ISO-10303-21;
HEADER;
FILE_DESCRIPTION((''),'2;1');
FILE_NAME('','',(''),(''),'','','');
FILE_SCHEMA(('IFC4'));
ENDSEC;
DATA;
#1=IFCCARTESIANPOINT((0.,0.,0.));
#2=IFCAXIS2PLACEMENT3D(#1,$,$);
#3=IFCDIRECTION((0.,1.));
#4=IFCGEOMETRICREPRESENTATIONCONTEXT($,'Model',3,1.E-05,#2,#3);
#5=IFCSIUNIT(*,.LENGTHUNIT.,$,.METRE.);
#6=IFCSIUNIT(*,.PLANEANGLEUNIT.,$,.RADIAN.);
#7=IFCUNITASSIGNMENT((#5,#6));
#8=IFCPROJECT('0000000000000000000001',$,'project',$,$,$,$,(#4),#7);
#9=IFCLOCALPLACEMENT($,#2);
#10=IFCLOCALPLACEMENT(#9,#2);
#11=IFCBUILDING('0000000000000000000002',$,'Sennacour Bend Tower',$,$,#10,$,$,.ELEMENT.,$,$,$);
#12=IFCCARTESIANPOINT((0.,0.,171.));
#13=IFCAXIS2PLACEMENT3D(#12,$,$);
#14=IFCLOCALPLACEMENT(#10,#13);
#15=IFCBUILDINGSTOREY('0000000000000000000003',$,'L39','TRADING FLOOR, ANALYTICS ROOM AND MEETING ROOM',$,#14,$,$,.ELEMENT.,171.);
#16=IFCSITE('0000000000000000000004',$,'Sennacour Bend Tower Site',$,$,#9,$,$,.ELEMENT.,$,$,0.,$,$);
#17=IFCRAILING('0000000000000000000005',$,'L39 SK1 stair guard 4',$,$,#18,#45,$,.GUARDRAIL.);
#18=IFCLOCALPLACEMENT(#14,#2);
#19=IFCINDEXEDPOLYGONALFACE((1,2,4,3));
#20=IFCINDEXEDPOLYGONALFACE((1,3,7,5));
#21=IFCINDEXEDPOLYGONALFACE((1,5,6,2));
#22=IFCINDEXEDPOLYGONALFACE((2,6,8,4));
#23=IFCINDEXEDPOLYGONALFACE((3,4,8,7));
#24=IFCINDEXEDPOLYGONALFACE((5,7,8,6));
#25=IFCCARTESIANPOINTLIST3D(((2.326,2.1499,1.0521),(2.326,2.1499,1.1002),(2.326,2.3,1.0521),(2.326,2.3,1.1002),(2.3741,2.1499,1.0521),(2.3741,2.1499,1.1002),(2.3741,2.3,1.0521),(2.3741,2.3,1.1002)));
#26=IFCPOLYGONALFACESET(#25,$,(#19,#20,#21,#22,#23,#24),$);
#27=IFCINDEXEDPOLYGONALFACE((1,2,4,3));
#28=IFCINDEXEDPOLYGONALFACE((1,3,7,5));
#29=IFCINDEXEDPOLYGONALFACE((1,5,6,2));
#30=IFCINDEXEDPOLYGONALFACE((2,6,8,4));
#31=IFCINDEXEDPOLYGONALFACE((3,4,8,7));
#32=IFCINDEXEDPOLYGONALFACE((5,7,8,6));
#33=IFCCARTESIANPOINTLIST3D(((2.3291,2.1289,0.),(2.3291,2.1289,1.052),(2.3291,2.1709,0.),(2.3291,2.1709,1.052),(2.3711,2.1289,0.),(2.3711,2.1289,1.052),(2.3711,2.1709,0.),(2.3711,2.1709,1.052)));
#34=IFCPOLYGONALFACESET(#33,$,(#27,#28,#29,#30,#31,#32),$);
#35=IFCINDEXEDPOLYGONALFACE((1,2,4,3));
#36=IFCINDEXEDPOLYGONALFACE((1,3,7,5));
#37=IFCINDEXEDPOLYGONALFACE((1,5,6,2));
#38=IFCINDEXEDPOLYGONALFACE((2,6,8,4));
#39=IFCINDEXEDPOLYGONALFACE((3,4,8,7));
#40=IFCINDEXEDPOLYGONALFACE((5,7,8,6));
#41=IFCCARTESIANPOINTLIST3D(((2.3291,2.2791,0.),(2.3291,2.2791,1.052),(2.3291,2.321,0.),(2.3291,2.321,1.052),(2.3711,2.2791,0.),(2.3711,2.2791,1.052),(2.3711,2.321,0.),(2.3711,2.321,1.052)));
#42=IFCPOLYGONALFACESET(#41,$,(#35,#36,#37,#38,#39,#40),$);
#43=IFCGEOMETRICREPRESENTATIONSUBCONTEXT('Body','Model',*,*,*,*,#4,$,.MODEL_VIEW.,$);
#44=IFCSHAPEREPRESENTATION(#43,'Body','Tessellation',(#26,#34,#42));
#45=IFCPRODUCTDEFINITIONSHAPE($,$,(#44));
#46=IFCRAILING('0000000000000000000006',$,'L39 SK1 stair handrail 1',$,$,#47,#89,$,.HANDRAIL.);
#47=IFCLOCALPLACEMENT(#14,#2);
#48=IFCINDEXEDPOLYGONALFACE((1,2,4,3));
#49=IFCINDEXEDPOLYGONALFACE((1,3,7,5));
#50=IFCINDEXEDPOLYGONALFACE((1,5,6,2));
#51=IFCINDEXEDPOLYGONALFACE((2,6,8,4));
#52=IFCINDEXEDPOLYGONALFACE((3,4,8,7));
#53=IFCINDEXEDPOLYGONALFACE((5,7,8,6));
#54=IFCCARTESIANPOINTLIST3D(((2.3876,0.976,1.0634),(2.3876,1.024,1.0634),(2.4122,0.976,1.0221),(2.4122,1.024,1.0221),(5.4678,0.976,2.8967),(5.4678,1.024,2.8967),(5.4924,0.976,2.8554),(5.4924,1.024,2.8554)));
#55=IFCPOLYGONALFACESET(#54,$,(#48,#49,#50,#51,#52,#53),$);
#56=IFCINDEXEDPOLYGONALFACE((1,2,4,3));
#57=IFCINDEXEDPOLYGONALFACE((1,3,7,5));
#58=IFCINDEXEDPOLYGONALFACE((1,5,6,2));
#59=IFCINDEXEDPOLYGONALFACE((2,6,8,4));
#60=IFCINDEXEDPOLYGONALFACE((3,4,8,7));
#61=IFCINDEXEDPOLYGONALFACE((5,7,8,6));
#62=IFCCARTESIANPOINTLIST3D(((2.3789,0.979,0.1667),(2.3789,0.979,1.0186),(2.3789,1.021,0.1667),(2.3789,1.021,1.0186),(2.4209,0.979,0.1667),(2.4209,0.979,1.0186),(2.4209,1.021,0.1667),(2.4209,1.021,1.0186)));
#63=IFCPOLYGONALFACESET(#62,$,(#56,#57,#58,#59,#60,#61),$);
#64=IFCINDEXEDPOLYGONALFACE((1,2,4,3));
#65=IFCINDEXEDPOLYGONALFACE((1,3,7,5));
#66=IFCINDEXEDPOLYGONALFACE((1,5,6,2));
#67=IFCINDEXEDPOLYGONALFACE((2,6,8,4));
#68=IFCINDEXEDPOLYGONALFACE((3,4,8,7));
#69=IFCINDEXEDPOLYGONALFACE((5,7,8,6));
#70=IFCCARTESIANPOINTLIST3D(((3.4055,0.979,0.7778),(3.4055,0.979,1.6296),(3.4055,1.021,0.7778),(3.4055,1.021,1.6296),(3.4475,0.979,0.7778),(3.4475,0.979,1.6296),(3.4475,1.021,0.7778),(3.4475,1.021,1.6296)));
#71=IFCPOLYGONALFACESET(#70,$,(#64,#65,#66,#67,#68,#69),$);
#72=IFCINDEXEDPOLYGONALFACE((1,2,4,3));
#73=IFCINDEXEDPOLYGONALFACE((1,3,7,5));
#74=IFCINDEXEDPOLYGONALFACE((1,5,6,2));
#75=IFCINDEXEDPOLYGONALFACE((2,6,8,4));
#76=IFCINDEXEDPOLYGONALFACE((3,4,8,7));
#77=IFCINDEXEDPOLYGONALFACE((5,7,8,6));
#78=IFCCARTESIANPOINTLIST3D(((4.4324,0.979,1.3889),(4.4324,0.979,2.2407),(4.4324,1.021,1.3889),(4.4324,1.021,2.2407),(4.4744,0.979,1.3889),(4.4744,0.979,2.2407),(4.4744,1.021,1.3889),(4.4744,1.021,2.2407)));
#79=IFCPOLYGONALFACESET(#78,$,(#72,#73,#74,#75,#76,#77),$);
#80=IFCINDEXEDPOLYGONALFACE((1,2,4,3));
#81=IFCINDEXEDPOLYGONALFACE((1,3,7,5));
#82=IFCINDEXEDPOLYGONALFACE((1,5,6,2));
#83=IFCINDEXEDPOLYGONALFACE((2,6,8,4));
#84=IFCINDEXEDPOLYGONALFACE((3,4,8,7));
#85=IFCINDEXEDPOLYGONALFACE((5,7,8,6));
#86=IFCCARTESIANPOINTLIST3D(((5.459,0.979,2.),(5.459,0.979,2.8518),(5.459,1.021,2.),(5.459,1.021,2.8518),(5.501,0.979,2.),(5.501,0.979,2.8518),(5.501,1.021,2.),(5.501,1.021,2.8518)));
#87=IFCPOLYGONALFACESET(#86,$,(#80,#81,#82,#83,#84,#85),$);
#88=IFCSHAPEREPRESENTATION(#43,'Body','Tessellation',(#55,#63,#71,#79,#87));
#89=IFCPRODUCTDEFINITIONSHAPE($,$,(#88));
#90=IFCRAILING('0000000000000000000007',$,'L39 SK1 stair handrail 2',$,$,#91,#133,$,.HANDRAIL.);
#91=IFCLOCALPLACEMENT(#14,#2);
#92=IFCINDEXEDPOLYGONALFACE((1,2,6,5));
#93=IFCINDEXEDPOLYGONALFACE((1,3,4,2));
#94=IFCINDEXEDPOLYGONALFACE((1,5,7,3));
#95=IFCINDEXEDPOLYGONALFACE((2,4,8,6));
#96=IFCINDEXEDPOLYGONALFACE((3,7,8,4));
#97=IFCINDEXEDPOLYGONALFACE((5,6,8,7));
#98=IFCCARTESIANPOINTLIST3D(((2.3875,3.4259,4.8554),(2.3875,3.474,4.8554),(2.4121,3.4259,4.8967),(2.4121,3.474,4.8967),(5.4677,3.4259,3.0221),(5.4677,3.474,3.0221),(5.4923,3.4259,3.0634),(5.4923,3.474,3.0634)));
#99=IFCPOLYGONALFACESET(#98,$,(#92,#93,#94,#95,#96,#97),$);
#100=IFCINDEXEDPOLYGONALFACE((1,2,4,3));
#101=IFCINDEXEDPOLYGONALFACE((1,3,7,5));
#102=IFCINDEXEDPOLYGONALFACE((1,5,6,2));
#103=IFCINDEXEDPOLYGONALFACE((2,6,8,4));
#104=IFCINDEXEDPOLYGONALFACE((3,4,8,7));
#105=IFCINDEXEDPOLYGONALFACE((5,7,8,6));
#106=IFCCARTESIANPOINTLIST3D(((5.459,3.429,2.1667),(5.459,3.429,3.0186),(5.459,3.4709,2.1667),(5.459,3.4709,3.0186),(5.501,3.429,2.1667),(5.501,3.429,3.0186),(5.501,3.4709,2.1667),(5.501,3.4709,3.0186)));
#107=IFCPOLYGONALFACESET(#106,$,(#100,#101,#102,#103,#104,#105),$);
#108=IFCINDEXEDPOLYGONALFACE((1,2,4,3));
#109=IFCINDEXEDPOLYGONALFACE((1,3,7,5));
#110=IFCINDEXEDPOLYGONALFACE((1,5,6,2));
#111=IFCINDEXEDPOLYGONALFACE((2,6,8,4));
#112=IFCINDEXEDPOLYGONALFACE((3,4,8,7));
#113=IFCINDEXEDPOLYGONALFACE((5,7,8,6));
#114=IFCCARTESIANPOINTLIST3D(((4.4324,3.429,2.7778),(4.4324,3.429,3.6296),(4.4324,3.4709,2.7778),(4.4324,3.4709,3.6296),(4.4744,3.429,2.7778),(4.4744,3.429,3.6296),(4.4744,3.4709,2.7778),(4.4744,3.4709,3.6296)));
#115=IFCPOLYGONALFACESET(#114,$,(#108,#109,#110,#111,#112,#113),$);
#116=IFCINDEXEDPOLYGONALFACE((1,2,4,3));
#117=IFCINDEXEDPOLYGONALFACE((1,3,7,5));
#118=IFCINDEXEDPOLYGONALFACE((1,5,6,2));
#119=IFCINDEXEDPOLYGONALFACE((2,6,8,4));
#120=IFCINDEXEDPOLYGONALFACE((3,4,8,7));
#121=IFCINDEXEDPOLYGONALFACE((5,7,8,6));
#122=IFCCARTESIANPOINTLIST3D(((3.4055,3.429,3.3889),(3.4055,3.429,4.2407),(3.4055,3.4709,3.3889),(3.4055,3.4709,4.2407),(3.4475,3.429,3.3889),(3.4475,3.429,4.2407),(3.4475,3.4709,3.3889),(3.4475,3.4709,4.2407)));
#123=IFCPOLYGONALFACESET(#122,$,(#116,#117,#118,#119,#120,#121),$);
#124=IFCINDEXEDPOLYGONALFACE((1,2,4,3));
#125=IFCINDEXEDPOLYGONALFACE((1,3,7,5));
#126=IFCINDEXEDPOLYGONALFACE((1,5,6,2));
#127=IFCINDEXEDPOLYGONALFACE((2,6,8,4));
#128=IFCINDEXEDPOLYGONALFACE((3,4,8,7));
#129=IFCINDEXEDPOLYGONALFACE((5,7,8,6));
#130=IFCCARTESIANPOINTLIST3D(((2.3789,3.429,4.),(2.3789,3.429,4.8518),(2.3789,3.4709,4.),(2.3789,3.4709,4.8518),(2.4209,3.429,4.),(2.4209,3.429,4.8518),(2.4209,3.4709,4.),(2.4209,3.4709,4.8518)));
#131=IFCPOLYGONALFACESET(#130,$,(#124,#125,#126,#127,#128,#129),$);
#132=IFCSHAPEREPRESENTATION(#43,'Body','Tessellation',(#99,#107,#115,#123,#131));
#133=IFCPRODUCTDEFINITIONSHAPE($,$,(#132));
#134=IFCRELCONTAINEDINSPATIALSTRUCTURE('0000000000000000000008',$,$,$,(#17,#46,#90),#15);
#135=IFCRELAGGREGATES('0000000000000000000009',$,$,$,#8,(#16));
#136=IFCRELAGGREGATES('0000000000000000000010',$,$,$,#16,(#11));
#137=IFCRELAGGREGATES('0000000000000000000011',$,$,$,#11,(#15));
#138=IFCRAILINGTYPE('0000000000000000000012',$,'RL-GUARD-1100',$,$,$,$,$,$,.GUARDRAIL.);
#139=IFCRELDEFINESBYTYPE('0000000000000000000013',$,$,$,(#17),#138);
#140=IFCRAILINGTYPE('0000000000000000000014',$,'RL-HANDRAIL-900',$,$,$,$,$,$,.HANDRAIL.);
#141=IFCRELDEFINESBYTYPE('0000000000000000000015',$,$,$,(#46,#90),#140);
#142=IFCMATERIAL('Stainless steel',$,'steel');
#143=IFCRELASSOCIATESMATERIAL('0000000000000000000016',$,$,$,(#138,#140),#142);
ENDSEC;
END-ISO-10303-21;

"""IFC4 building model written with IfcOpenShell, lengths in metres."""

from ifc_helpers import new_model, si_unit, direction, frame, origin, origin_2d, place, context, subcontext, project, spatial, rectangle, extrude, material, type_object, element, save


model = new_model("IFC4")

# Units and contexts
model_context = context("Model", 3, precision=1e-05, world=origin(), true_north=direction((0.0, 1.0)))
body_context = subcontext(model_context, "Body", "Model", "MODEL_VIEW")
ifc_project = project(units=[si_unit("LENGTHUNIT", "METRE"), si_unit("PLANEANGLEUNIT", "RADIAN")], contexts=[model_context])

# Site, building, storey
site_placement = place(None, origin())
site = spatial("IfcSite", under=ifc_project, at=site_placement, Name="Sennacour Bend Tower Site", CompositionType="ELEMENT", RefElevation=0.0)
building_placement = place(site_placement, origin())
building = spatial("IfcBuilding", under=site, at=building_placement, Name="Sennacour Bend Tower", CompositionType="ELEMENT")
storey_placement = place(building_placement, frame((0.0, 0.0, 171.0)))
storey = spatial("IfcBuildingStorey", under=building, at=storey_placement, Name="L39", Description="TRADING FLOOR, ANALYTICS ROOM AND MEETING ROOM", CompositionType="ELEMENT", Elevation=171.0)

# Railings
ifc_material_1 = material(Name="Stainless steel", Category="steel")
railing_type_1 = type_object("IfcRailingType", Name="RL-GUARD-1100", PredefinedType="GUARDRAIL", material=ifc_material_1)
railing_1_placement = place(storey_placement, frame((2.3501, 2.1499, 0.0)))
element("IfcRailing", 1, at=railing_1_placement, inside=storey, type_object=railing_type_1, Name="L39 SK1 stair guard 4", PredefinedType="GUARDRAIL", context=body_context, shape_type="SweptSolid", body=[
    extrude(rectangle(XDim=0.0481, YDim=0.0481, at=origin_2d()), frame((0.0, 0.0, 1.0762), z_axis=(0.0, 1.0, 0.0), x_axis=(-1.0, 0.0, 0.0)), (0.0, 0.0, 1.0), 0.1501),
    extrude(rectangle(XDim=0.042, YDim=0.042, at=origin_2d()), origin(), (0.0, 0.0, 1.0), 1.052),
    extrude(rectangle(XDim=0.042, YDim=0.042, at=origin_2d()), frame((0.0, 0.1501, 0.0)), (0.0, 0.0, 1.0), 1.052),
])
railing_type_2 = type_object("IfcRailingType", Name="RL-HANDRAIL-900", PredefinedType="HANDRAIL", material=ifc_material_1)
railing_2_placement = place(storey_placement, frame((2.3999, 1.0, 0.1667)))
element("IfcRailing", 2, at=railing_2_placement, inside=storey, type_object=railing_type_2, Name="L39 SK1 stair handrail 1", PredefinedType="HANDRAIL", context=body_context, shape_type="SweptSolid", body=[
    extrude(rectangle(XDim=0.0481, YDim=0.0481, at=origin_2d()), frame((0.0, 0.0, 0.876), z_axis=(0.859309, 0.0, 0.511458), x_axis=(0.0, 1.0, 0.0)), (0.0, 0.0, 1.0), 3.5845),
    extrude(rectangle(XDim=0.042, YDim=0.042, at=origin_2d()), origin(), (0.0, 0.0, 1.0), 0.8518),
    extrude(rectangle(XDim=0.042, YDim=0.042, at=origin_2d()), frame((1.0266, 0.0, 0.6111)), (0.0, 0.0, 1.0), 0.8518),
    extrude(rectangle(XDim=0.042, YDim=0.042, at=origin_2d()), frame((2.0535, 0.0, 1.2222)), (0.0, 0.0, 1.0), 0.8518),
    extrude(rectangle(XDim=0.042, YDim=0.042, at=origin_2d()), frame((3.0801, 0.0, 1.8333)), (0.0, 0.0, 1.0), 0.8518),
])
railing_3_placement = place(storey_placement, frame((5.48, 3.45, 2.1667)))
element("IfcRailing", 3, at=railing_3_placement, inside=storey, type_object=railing_type_2, Name="L39 SK1 stair handrail 2", PredefinedType="HANDRAIL", context=body_context, shape_type="SweptSolid", body=[
    extrude(rectangle(XDim=0.0481, YDim=0.0481, at=origin_2d()), frame((0.0, 0.0, 0.876), z_axis=(-0.859309, 0.0, 0.511458), x_axis=(0.0, -1.0, 0.0)), (0.0, 0.0, 1.0), 3.5845),
    extrude(rectangle(XDim=0.042, YDim=0.042, at=origin_2d()), origin(), (0.0, 0.0, 1.0), 0.8518),
    extrude(rectangle(XDim=0.042, YDim=0.042, at=origin_2d()), frame((-1.0266, 0.0, 0.6111)), (0.0, 0.0, 1.0), 0.8518),
    extrude(rectangle(XDim=0.042, YDim=0.042, at=origin_2d()), frame((-2.0535, 0.0, 1.2222)), (0.0, 0.0, 1.0), 0.8518),
    extrude(rectangle(XDim=0.042, YDim=0.042, at=origin_2d()), frame((-3.0801, 0.0, 1.8333)), (0.0, 0.0, 1.0), 0.8518),
])

save(model, "model.ifc")
